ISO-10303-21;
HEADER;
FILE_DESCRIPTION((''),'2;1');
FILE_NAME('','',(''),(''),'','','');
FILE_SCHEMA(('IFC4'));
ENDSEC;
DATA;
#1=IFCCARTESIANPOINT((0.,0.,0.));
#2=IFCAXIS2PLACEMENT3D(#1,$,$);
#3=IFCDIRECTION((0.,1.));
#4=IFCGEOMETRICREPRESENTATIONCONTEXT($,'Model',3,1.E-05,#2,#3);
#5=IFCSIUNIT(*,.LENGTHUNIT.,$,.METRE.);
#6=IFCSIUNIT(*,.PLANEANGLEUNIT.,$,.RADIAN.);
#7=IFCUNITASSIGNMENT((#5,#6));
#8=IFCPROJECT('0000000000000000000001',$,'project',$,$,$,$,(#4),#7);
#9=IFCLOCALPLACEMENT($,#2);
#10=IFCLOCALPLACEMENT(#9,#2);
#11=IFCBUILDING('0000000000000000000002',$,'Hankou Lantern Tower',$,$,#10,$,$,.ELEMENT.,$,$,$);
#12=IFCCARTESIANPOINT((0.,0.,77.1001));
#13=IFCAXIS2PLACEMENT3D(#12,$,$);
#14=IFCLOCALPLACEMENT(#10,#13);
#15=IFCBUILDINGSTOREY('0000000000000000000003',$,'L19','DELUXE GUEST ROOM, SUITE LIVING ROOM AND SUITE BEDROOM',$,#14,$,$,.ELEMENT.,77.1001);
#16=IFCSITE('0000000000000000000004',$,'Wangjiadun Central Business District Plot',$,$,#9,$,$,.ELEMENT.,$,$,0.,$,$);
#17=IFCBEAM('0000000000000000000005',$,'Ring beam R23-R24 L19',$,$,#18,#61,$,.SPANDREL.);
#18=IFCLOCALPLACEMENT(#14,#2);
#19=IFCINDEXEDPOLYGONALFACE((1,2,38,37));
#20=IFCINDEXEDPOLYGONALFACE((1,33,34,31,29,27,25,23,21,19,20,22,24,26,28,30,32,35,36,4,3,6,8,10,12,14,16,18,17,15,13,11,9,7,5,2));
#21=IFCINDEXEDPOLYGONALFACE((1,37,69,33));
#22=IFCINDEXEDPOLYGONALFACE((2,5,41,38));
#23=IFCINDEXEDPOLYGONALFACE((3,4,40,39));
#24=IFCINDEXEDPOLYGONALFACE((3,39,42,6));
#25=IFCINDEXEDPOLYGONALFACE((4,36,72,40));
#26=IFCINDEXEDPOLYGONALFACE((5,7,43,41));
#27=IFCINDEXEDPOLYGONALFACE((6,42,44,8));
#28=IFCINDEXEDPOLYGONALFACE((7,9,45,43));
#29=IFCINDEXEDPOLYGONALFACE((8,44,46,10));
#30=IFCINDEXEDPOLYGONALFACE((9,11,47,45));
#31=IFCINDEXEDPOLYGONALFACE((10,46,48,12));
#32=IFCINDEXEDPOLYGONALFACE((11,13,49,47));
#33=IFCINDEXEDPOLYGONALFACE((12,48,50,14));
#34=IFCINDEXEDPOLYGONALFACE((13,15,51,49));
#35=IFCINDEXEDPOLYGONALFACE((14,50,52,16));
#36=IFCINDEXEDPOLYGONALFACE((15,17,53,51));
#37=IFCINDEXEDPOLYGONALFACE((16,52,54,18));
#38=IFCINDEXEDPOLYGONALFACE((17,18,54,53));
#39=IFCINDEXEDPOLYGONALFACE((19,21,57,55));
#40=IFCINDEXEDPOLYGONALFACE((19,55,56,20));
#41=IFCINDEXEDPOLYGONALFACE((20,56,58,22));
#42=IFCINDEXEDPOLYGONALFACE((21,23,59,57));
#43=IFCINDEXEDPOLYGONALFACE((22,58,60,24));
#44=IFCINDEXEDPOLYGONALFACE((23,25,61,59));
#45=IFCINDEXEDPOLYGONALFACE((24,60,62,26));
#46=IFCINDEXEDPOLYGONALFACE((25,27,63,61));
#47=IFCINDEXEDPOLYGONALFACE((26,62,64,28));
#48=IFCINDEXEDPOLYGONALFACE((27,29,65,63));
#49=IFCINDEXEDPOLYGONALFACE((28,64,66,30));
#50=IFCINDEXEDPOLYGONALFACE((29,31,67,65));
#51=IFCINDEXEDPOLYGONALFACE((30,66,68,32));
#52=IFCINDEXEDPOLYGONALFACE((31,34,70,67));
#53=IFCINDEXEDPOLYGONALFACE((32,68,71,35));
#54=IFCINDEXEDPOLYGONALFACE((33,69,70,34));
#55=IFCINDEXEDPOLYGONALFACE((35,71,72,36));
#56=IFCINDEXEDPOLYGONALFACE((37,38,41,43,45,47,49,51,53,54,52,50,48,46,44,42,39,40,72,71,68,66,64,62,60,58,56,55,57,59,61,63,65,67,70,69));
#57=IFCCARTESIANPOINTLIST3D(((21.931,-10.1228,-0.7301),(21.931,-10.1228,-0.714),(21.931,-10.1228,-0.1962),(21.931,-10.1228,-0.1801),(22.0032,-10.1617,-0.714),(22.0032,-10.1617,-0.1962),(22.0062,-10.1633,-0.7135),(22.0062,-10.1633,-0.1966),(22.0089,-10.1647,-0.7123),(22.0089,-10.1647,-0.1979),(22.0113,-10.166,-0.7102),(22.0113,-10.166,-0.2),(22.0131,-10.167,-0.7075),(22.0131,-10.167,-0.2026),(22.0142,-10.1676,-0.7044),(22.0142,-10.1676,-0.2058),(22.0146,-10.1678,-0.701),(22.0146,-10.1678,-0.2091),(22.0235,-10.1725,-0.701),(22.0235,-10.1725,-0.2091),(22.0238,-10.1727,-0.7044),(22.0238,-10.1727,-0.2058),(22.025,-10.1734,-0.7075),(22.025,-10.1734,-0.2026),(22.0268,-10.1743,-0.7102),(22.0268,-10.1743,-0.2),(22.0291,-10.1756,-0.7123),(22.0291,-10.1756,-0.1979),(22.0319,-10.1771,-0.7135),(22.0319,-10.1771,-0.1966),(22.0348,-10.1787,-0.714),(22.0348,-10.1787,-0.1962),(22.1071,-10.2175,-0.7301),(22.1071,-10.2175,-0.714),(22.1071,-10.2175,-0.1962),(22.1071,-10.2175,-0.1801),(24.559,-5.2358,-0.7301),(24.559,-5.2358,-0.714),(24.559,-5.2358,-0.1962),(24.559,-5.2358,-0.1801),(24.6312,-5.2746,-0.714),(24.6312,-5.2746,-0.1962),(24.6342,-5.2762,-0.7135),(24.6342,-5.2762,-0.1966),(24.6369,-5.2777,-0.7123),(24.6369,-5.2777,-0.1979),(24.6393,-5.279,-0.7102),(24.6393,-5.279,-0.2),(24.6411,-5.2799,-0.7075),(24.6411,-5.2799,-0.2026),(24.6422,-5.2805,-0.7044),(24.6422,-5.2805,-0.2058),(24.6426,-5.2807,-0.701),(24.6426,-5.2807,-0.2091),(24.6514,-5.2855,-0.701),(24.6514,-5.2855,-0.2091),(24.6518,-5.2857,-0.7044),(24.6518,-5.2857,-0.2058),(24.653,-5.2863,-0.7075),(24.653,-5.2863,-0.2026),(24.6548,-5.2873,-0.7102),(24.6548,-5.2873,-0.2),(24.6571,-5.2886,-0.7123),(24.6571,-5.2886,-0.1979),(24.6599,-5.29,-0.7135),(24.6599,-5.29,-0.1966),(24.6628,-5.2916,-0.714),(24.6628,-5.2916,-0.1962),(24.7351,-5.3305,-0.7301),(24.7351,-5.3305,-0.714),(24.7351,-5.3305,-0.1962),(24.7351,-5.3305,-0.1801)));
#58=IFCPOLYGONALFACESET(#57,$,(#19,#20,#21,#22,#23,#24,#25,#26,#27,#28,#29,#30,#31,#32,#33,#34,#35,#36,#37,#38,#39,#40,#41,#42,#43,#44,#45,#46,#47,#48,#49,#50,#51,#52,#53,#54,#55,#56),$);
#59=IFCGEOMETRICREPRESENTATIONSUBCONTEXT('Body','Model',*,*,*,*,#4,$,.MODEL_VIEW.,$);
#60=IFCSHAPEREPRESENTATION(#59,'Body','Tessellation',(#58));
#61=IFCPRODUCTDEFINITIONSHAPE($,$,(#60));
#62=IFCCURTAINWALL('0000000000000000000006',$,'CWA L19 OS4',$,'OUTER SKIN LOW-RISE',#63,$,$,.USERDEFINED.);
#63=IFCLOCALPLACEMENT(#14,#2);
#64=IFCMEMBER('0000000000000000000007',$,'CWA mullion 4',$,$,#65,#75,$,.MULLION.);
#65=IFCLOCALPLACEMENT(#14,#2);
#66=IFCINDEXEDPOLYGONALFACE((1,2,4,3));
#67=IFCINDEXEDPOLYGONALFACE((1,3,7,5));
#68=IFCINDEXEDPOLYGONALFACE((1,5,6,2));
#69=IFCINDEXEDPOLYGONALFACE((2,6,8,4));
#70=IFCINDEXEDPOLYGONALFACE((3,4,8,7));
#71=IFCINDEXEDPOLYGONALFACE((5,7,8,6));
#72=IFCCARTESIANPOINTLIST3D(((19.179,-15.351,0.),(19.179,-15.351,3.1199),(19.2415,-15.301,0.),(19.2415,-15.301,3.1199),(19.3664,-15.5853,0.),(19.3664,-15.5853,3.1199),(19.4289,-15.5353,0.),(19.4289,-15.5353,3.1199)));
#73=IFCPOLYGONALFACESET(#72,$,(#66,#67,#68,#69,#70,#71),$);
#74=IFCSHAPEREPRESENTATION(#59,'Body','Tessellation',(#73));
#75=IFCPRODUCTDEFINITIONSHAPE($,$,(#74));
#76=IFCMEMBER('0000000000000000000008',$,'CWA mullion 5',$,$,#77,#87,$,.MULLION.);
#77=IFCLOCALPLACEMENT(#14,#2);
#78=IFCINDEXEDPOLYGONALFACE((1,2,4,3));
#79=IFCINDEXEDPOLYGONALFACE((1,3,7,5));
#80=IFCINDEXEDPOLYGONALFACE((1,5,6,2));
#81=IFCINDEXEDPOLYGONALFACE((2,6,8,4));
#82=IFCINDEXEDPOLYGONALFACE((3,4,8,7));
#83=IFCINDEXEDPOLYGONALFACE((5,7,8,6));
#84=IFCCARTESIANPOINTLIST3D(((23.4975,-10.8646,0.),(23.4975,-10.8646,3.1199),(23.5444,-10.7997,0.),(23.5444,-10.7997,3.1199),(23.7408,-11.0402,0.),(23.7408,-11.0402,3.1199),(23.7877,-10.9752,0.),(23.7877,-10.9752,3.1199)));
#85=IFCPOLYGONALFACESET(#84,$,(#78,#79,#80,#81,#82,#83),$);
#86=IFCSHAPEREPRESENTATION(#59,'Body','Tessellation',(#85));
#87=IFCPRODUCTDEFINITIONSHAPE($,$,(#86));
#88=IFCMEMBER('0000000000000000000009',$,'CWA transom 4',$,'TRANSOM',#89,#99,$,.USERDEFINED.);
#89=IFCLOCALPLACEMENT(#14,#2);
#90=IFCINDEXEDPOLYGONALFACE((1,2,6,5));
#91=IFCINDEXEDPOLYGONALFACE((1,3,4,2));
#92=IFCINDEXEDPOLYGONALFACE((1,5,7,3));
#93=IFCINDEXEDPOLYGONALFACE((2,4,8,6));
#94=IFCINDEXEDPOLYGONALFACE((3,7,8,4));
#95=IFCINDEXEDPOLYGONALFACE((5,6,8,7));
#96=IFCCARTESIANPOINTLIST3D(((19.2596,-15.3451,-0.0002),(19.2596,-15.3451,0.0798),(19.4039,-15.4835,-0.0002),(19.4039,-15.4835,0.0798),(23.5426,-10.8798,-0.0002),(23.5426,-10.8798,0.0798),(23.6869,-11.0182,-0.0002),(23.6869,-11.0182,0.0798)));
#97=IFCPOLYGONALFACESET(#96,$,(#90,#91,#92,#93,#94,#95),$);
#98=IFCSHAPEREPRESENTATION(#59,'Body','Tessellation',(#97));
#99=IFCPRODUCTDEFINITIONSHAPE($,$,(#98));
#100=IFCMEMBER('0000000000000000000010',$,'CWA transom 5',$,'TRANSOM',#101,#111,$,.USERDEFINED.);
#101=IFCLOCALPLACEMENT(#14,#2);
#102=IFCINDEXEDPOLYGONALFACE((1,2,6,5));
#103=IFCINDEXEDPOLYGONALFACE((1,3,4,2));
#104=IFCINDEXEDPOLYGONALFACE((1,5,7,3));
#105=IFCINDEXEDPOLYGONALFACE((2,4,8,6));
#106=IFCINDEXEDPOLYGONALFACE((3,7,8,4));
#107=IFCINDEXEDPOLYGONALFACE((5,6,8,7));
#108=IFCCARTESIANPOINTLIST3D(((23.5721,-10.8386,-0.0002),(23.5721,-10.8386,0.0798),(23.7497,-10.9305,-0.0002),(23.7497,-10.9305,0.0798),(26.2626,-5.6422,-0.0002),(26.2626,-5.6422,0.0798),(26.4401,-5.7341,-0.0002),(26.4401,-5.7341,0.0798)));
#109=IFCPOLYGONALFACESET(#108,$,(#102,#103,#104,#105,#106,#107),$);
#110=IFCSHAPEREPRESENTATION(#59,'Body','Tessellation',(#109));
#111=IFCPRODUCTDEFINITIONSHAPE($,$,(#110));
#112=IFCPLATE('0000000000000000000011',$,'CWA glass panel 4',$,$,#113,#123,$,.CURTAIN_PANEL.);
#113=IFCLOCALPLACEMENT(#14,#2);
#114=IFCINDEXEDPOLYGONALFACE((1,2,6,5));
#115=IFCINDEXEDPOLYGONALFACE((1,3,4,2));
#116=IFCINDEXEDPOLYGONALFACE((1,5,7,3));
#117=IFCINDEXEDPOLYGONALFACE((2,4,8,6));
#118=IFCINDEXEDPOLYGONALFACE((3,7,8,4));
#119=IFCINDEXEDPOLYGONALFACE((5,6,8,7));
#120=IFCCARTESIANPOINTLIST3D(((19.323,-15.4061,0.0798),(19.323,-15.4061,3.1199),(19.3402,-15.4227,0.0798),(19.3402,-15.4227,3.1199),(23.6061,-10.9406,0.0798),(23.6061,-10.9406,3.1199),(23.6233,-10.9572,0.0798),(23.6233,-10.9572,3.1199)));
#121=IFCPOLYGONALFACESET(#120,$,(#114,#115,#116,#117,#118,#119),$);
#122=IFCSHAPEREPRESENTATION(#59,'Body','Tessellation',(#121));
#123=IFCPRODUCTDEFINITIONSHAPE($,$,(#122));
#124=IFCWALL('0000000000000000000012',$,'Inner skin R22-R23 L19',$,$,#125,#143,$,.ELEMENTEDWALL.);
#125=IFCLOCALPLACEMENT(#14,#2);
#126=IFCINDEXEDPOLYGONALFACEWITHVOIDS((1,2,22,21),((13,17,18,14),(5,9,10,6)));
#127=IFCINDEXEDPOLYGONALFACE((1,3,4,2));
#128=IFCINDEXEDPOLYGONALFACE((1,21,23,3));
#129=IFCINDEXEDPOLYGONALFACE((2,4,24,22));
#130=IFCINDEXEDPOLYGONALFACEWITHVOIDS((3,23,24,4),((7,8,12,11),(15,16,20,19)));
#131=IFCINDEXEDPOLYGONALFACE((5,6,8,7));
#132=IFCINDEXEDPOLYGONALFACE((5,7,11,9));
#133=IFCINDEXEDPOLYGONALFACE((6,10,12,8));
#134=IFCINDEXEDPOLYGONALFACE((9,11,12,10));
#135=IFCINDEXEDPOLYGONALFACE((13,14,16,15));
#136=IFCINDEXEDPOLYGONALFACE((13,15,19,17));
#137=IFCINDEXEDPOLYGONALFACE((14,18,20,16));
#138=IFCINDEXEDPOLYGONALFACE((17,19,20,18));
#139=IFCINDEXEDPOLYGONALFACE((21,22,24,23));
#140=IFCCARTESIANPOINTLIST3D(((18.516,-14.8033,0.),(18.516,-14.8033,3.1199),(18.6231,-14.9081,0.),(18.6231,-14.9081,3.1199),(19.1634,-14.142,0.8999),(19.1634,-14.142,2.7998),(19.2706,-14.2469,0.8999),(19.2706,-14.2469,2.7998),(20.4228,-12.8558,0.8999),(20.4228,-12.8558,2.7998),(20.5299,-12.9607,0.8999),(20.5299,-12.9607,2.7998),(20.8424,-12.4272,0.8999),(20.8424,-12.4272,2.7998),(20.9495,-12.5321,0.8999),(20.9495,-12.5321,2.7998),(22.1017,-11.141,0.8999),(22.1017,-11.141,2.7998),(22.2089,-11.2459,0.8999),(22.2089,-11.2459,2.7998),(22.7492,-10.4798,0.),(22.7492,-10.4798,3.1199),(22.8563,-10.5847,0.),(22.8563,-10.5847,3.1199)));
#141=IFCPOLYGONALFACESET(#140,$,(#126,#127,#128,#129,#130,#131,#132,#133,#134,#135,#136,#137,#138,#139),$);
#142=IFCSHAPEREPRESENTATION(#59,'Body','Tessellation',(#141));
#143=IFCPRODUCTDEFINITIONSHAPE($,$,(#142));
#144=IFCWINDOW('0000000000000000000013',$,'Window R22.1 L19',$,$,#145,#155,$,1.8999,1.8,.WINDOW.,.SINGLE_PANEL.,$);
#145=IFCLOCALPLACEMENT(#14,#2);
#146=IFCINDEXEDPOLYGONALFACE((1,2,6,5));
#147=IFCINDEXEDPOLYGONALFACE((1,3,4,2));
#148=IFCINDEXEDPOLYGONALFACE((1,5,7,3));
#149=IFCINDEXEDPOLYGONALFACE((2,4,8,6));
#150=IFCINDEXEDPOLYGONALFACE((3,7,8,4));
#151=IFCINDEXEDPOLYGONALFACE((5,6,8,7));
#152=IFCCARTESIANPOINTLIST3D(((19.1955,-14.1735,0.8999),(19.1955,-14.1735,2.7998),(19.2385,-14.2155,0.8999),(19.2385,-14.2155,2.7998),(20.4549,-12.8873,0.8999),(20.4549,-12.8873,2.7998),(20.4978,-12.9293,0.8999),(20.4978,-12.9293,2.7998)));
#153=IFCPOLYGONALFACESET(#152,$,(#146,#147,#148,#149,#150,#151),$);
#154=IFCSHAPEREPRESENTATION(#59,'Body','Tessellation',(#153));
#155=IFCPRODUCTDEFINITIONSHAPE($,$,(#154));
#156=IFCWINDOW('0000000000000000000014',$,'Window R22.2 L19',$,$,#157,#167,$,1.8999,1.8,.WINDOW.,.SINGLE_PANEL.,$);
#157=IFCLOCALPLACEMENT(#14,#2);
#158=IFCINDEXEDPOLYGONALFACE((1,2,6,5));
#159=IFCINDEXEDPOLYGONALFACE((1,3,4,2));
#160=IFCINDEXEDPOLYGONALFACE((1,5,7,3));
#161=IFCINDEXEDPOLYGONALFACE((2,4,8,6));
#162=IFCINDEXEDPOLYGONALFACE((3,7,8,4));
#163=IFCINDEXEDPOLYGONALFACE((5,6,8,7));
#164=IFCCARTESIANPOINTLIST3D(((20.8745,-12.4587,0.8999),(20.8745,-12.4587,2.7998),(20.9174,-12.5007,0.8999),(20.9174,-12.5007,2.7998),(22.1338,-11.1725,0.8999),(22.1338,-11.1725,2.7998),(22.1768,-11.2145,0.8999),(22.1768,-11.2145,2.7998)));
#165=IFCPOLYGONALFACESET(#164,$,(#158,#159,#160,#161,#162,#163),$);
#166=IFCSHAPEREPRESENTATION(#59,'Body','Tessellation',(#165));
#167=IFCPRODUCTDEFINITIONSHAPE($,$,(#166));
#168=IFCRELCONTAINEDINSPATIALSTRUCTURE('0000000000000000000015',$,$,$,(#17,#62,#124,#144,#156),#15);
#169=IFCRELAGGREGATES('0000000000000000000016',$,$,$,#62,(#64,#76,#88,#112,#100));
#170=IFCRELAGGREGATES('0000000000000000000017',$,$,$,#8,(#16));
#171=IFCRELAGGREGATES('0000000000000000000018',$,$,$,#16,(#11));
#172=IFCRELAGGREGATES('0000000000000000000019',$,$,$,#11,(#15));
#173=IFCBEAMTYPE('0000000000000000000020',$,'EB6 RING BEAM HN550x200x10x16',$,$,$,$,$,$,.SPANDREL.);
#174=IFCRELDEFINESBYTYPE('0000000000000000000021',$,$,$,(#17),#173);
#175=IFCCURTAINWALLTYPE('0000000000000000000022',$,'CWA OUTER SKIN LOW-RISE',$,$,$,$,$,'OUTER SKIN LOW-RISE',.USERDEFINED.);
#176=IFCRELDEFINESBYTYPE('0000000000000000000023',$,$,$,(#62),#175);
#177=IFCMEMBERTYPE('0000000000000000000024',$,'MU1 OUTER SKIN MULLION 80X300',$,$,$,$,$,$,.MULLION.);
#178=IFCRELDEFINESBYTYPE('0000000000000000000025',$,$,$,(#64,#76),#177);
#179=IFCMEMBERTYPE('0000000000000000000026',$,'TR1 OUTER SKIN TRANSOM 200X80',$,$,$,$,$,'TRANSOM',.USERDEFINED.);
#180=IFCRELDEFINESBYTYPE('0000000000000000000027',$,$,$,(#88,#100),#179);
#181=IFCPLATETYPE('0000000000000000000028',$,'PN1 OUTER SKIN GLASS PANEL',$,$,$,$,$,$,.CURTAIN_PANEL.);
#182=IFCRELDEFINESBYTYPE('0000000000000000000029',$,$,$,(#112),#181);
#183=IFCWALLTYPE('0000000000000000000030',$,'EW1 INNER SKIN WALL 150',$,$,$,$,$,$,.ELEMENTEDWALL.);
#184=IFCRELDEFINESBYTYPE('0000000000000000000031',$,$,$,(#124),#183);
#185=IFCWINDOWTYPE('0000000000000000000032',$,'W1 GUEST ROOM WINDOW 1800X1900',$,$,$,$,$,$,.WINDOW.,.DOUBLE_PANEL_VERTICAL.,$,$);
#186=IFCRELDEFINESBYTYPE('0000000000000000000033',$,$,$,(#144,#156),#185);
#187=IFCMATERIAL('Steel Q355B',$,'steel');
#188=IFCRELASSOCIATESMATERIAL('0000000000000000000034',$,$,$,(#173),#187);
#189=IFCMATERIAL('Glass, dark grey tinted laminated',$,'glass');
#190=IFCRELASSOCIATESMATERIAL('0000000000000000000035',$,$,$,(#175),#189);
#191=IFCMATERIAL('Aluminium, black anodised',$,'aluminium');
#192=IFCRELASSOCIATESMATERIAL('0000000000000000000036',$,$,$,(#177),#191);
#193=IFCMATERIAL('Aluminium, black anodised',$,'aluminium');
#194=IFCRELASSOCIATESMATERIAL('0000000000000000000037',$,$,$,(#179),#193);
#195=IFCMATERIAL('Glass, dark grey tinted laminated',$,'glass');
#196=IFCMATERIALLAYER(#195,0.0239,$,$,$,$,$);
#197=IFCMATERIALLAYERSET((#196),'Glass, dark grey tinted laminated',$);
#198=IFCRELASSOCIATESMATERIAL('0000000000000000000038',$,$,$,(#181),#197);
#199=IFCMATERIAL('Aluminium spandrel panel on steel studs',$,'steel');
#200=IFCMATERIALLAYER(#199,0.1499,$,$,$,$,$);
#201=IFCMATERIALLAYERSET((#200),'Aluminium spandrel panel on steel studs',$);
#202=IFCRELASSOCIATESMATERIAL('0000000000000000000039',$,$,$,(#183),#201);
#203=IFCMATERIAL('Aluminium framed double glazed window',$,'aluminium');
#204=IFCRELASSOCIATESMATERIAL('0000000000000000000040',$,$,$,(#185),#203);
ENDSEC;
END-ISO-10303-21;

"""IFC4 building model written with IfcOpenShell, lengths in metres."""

from ifc_helpers import new_model, si_unit, direction, frame, frame_2d, origin, origin_2d, place, context, subcontext, project, spatial, rectangle, i_section, extrude, material, layer, layer_set, material_profile, profile_set, type_object, element, fill, aggregate, save


model = new_model("IFC4")

# Units and contexts
model_context = context("Model", 3, precision=1e-05, world=origin(), true_north=direction((0.0, 1.0)))
body_context = subcontext(model_context, "Body", "Model", "MODEL_VIEW")
ifc_project = project(units=[si_unit("LENGTHUNIT", "METRE"), si_unit("PLANEANGLEUNIT", "RADIAN")], contexts=[model_context])

# Site, building, storey
site_placement = place(None, origin())
site = spatial("IfcSite", under=ifc_project, at=site_placement, Name="Wangjiadun Central Business District Plot", CompositionType="ELEMENT", RefElevation=0.0)
building_placement = place(site_placement, origin())
building = spatial("IfcBuilding", under=site, at=building_placement, Name="Hankou Lantern Tower", CompositionType="ELEMENT")
storey_placement = place(building_placement, frame((0.0, 0.0, 77.1001)))
storey = spatial("IfcBuildingStorey", under=building, at=storey_placement, Name="L19", Description="DELUXE GUEST ROOM, SUITE LIVING ROOM AND SUITE BEDROOM", CompositionType="ELEMENT", Elevation=77.1001)

# Beam
ifc_material_1 = material(Name="Steel Q355B", Category="steel")
ifc_material_profile_1 = material_profile(ifc_material_1, i_section(OverallWidth=0.2, OverallDepth=0.55, WebThickness=0.01, FlangeThickness=0.0161, FilletRadius=0.0129, at=origin_2d()), Name="HN550x200x10x16")
ifc_profile_set_1 = profile_set([ifc_material_profile_1], Name="Steel Q355B")
beam_type = type_object("IfcBeamType", Name="EB6 RING BEAM HN550x200x10x16", PredefinedType="SPANDREL", material=ifc_profile_set_1)
beam_1_placement = place(storey_placement, frame((22.019, -10.1702, -0.4551), z_axis=(0.473609, 0.880735, 0.0), x_axis=(-0.880735, 0.473609, 0.0)))
element("IfcBeam", 1, at=beam_1_placement, inside=storey, type_object=beam_type, Name="Ring beam R23-R24 L19", PredefinedType="SPANDREL", context=body_context, shape_type="SweptSolid", body=[
    extrude(i_section(OverallWidth=0.2, OverallDepth=0.55, WebThickness=0.01, FlangeThickness=0.0161, FilletRadius=0.0129, at=origin_2d()), origin(), (0.0, 0.0, 1.0), 5.5488),
])

# Curtain wall, members, plate
ifc_material_2 = material(Name="Glass, dark grey tinted laminated", Category="glass")
curtain_wall_type = type_object("IfcCurtainWallType", Name="CWA OUTER SKIN LOW-RISE", ElementType="OUTER SKIN LOW-RISE", PredefinedType="USERDEFINED", material=ifc_material_2)
curtain_wall_placement = place(storey_placement, origin())
curtain_wall = element("IfcCurtainWall", 2, at=curtain_wall_placement, inside=storey, type_object=curtain_wall_type, Name="CWA L19 OS4", ObjectType="OUTER SKIN LOW-RISE", PredefinedType="USERDEFINED")
ifc_material_3 = material(Name="Aluminium, black anodised", Category="aluminium")
ifc_material_profile_2 = material_profile(ifc_material_3, rectangle(XDim=0.0801, YDim=0.3, at=origin_2d()), Name="MU1 80X300")
ifc_profile_set_2 = profile_set([ifc_material_profile_2], Name="Aluminium, black anodised")
member_type_1 = type_object("IfcMemberType", Name="MU1 OUTER SKIN MULLION 80X300", PredefinedType="MULLION", material=ifc_profile_set_2)
member_1_placement = place(storey_placement, frame((19.304, -15.4431, 0.0), z_axis=(0.0, 0.0, 1.0), x_axis=(0.780869, 0.624695, 0.0)))
member_1 = element("IfcMember", 3, at=member_1_placement, type_object=member_type_1, Name="CWA mullion 4", PredefinedType="MULLION", context=body_context, shape_type="SweptSolid", body=[
    extrude(rectangle(XDim=0.0801, YDim=0.3, at=origin_2d()), origin(), (0.0, 0.0, 1.0), 3.1199),
])
member_2_placement = place(storey_placement, frame((23.6426, -10.9199, 0.0), z_axis=(0.0, 0.0, 1.0), x_axis=(0.585206, 0.810885, 0.0)))
member_2 = element("IfcMember", 4, at=member_2_placement, type_object=member_type_1, Name="CWA mullion 5", PredefinedType="MULLION", context=body_context, shape_type="SweptSolid", body=[
    extrude(rectangle(XDim=0.0801, YDim=0.3, at=origin_2d()), origin(), (0.0, 0.0, 1.0), 3.1199),
])
ifc_material_4 = material(Name="Aluminium, black anodised", Category="aluminium")
ifc_material_profile_3 = material_profile(ifc_material_4, rectangle(XDim=0.2, YDim=0.0801, at=origin_2d()), Name="TR1 200X80")
ifc_profile_set_3 = profile_set([ifc_material_profile_3], Name="Aluminium, black anodised")
member_type_2 = type_object("IfcMemberType", Name="TR1 OUTER SKIN TRANSOM 200X80", ElementType="TRANSOM", PredefinedType="USERDEFINED", material=ifc_profile_set_3)
member_3_placement = place(storey_placement, frame((19.3318, -15.4143, 0.0398), z_axis=(0.692216, 0.721691, 0.0), x_axis=(-0.721691, 0.692216, 0.0)))
member_3 = element("IfcMember", 5, at=member_3_placement, type_object=member_type_2, Name="CWA transom 4", ObjectType="TRANSOM", PredefinedType="USERDEFINED", context=body_context, shape_type="SweptSolid", body=[
    extrude(rectangle(XDim=0.2, YDim=0.0801, at=origin_2d()), origin(), (0.0, 0.0, 1.0), 6.1873),
])
member_4_placement = place(storey_placement, frame((23.6609, -10.8845, 0.0398), z_axis=(0.459786, 0.88803, 0.0), x_axis=(-0.88803, 0.459786, 0.0)))
member_4 = element("IfcMember", 6, at=member_4_placement, type_object=member_type_2, Name="CWA transom 5", ObjectType="TRANSOM", PredefinedType="USERDEFINED", context=body_context, shape_type="SweptSolid", body=[
    extrude(rectangle(XDim=0.2, YDim=0.0801, at=origin_2d()), origin(), (0.0, 0.0, 1.0), 5.8516),
])
ifc_material_5 = material(Name="Glass, dark grey tinted laminated", Category="glass")
ifc_layer_1 = layer(ifc_material_5, 0.0239)
ifc_layer_set_1 = layer_set([ifc_layer_1], Name="Glass, dark grey tinted laminated")
plate_type = type_object("IfcPlateType", Name="PN1 OUTER SKIN GLASS PANEL", PredefinedType="CURTAIN_PANEL", material=ifc_layer_set_1)
plate_placement = place(storey_placement, frame((21.4731, -13.1816, 0.0798), z_axis=(0.0, 0.0, 1.0), x_axis=(0.692216, 0.721691, 0.0)))
plate = element("IfcPlate", 7, at=plate_placement, type_object=plate_type, Name="CWA glass panel 4", PredefinedType="CURTAIN_PANEL", context=body_context, shape_type="SweptSolid", body=[
    extrude(rectangle(XDim=6.1875, YDim=0.0239, at=origin_2d()), origin(), (0.0, 0.0, 1.0), 3.04),
])
aggregate(curtain_wall, [member_1, member_2, member_3, plate, member_4])

# Wall, openings, windows
ifc_material_6 = material(Name="Aluminium spandrel panel on steel studs", Category="steel")
ifc_layer_2 = layer(ifc_material_6, 0.1499)
ifc_layer_set_2 = layer_set([ifc_layer_2], Name="Aluminium spandrel panel on steel studs")
wall_type_1 = type_object("IfcWallType", Name="EW1 INNER SKIN WALL 150", PredefinedType="ELEMENTEDWALL", material=ifc_layer_set_2)
wall_1_placement = place(storey_placement, frame((18.5696, -14.8557, 0.0), z_axis=(0.0, 0.0, 1.0), x_axis=(0.699603, 0.714532, 0.0)))
wall_1 = element("IfcWall", 8, at=wall_1_placement, inside=storey, type_object=wall_type_1, Name="Inner skin R22-R23 L19", PredefinedType="ELEMENTEDWALL", context=body_context, shape_type="SweptSolid", body=[
    extrude(rectangle(XDim=6.0508, YDim=0.1499, at=frame_2d((3.0254, 0.0))), origin(), (0.0, 0.0, 1.0), 3.1199),
])
opening_1_placement = place(wall_1_placement, frame((0.9255, 0.0, 0.8999)))
opening_1 = element("IfcOpeningElement", 9, at=opening_1_placement, cuts=wall_1, PredefinedType="OPENING", context=body_context, shape_type="SweptSolid", body=[
    extrude(rectangle(XDim=1.8, YDim=1.8999, at=frame_2d((0.8999, 0.95))), frame((0.0, 0.085, 0.0), z_axis=(0.0, -1.0, 0.0), x_axis=(1.0, 0.0, 0.0)), (0.0, 0.0, 1.0), 0.1699),
])
opening_2_placement = place(wall_1_placement, frame((3.3254, 0.0, 0.8999)))
opening_2 = element("IfcOpeningElement", 10, at=opening_2_placement, cuts=wall_1, PredefinedType="OPENING", context=body_context, shape_type="SweptSolid", body=[
    extrude(rectangle(XDim=1.8, YDim=1.8999, at=frame_2d((0.8999, 0.95))), frame((0.0, 0.085, 0.0), z_axis=(0.0, -1.0, 0.0), x_axis=(1.0, 0.0, 0.0)), (0.0, 0.0, 1.0), 0.1699),
])
ifc_material_7 = material(Name="Aluminium framed double glazed window", Category="aluminium")
window_type = type_object("IfcWindowType", Name="W1 GUEST ROOM WINDOW 1800X1900", PartitioningType="DOUBLE_PANEL_VERTICAL", PredefinedType="WINDOW", material=ifc_material_7)
window_1_placement = place(opening_1_placement, origin())
window_1 = element("IfcWindow", 11, at=window_1_placement, inside=storey, type_object=window_type, Name="Window R22.1 L19", OverallHeight=1.8999, OverallWidth=1.8, PartitioningType="SINGLE_PANEL", PredefinedType="WINDOW", context=body_context, shape_type="SweptSolid", body=[
    extrude(rectangle(XDim=1.8, YDim=1.8999, at=frame_2d((0.8999, 0.95))), frame((0.0, 0.03, 0.0), z_axis=(0.0, -1.0, 0.0), x_axis=(1.0, 0.0, 0.0)), (0.0, 0.0, 1.0), 0.0601),
])
fill(opening_1, window_1)
window_2_placement = place(opening_2_placement, origin())
window_2 = element("IfcWindow", 12, at=window_2_placement, inside=storey, type_object=window_type, Name="Window R22.2 L19", OverallHeight=1.8999, OverallWidth=1.8, PartitioningType="SINGLE_PANEL", PredefinedType="WINDOW", context=body_context, shape_type="SweptSolid", body=[
    extrude(rectangle(XDim=1.8, YDim=1.8999, at=frame_2d((0.8999, 0.95))), frame((0.0, 0.03, 0.0), z_axis=(0.0, -1.0, 0.0), x_axis=(1.0, 0.0, 0.0)), (0.0, 0.0, 1.0), 0.0601),
])
fill(opening_2, window_2)

save(model, "model.ifc")
